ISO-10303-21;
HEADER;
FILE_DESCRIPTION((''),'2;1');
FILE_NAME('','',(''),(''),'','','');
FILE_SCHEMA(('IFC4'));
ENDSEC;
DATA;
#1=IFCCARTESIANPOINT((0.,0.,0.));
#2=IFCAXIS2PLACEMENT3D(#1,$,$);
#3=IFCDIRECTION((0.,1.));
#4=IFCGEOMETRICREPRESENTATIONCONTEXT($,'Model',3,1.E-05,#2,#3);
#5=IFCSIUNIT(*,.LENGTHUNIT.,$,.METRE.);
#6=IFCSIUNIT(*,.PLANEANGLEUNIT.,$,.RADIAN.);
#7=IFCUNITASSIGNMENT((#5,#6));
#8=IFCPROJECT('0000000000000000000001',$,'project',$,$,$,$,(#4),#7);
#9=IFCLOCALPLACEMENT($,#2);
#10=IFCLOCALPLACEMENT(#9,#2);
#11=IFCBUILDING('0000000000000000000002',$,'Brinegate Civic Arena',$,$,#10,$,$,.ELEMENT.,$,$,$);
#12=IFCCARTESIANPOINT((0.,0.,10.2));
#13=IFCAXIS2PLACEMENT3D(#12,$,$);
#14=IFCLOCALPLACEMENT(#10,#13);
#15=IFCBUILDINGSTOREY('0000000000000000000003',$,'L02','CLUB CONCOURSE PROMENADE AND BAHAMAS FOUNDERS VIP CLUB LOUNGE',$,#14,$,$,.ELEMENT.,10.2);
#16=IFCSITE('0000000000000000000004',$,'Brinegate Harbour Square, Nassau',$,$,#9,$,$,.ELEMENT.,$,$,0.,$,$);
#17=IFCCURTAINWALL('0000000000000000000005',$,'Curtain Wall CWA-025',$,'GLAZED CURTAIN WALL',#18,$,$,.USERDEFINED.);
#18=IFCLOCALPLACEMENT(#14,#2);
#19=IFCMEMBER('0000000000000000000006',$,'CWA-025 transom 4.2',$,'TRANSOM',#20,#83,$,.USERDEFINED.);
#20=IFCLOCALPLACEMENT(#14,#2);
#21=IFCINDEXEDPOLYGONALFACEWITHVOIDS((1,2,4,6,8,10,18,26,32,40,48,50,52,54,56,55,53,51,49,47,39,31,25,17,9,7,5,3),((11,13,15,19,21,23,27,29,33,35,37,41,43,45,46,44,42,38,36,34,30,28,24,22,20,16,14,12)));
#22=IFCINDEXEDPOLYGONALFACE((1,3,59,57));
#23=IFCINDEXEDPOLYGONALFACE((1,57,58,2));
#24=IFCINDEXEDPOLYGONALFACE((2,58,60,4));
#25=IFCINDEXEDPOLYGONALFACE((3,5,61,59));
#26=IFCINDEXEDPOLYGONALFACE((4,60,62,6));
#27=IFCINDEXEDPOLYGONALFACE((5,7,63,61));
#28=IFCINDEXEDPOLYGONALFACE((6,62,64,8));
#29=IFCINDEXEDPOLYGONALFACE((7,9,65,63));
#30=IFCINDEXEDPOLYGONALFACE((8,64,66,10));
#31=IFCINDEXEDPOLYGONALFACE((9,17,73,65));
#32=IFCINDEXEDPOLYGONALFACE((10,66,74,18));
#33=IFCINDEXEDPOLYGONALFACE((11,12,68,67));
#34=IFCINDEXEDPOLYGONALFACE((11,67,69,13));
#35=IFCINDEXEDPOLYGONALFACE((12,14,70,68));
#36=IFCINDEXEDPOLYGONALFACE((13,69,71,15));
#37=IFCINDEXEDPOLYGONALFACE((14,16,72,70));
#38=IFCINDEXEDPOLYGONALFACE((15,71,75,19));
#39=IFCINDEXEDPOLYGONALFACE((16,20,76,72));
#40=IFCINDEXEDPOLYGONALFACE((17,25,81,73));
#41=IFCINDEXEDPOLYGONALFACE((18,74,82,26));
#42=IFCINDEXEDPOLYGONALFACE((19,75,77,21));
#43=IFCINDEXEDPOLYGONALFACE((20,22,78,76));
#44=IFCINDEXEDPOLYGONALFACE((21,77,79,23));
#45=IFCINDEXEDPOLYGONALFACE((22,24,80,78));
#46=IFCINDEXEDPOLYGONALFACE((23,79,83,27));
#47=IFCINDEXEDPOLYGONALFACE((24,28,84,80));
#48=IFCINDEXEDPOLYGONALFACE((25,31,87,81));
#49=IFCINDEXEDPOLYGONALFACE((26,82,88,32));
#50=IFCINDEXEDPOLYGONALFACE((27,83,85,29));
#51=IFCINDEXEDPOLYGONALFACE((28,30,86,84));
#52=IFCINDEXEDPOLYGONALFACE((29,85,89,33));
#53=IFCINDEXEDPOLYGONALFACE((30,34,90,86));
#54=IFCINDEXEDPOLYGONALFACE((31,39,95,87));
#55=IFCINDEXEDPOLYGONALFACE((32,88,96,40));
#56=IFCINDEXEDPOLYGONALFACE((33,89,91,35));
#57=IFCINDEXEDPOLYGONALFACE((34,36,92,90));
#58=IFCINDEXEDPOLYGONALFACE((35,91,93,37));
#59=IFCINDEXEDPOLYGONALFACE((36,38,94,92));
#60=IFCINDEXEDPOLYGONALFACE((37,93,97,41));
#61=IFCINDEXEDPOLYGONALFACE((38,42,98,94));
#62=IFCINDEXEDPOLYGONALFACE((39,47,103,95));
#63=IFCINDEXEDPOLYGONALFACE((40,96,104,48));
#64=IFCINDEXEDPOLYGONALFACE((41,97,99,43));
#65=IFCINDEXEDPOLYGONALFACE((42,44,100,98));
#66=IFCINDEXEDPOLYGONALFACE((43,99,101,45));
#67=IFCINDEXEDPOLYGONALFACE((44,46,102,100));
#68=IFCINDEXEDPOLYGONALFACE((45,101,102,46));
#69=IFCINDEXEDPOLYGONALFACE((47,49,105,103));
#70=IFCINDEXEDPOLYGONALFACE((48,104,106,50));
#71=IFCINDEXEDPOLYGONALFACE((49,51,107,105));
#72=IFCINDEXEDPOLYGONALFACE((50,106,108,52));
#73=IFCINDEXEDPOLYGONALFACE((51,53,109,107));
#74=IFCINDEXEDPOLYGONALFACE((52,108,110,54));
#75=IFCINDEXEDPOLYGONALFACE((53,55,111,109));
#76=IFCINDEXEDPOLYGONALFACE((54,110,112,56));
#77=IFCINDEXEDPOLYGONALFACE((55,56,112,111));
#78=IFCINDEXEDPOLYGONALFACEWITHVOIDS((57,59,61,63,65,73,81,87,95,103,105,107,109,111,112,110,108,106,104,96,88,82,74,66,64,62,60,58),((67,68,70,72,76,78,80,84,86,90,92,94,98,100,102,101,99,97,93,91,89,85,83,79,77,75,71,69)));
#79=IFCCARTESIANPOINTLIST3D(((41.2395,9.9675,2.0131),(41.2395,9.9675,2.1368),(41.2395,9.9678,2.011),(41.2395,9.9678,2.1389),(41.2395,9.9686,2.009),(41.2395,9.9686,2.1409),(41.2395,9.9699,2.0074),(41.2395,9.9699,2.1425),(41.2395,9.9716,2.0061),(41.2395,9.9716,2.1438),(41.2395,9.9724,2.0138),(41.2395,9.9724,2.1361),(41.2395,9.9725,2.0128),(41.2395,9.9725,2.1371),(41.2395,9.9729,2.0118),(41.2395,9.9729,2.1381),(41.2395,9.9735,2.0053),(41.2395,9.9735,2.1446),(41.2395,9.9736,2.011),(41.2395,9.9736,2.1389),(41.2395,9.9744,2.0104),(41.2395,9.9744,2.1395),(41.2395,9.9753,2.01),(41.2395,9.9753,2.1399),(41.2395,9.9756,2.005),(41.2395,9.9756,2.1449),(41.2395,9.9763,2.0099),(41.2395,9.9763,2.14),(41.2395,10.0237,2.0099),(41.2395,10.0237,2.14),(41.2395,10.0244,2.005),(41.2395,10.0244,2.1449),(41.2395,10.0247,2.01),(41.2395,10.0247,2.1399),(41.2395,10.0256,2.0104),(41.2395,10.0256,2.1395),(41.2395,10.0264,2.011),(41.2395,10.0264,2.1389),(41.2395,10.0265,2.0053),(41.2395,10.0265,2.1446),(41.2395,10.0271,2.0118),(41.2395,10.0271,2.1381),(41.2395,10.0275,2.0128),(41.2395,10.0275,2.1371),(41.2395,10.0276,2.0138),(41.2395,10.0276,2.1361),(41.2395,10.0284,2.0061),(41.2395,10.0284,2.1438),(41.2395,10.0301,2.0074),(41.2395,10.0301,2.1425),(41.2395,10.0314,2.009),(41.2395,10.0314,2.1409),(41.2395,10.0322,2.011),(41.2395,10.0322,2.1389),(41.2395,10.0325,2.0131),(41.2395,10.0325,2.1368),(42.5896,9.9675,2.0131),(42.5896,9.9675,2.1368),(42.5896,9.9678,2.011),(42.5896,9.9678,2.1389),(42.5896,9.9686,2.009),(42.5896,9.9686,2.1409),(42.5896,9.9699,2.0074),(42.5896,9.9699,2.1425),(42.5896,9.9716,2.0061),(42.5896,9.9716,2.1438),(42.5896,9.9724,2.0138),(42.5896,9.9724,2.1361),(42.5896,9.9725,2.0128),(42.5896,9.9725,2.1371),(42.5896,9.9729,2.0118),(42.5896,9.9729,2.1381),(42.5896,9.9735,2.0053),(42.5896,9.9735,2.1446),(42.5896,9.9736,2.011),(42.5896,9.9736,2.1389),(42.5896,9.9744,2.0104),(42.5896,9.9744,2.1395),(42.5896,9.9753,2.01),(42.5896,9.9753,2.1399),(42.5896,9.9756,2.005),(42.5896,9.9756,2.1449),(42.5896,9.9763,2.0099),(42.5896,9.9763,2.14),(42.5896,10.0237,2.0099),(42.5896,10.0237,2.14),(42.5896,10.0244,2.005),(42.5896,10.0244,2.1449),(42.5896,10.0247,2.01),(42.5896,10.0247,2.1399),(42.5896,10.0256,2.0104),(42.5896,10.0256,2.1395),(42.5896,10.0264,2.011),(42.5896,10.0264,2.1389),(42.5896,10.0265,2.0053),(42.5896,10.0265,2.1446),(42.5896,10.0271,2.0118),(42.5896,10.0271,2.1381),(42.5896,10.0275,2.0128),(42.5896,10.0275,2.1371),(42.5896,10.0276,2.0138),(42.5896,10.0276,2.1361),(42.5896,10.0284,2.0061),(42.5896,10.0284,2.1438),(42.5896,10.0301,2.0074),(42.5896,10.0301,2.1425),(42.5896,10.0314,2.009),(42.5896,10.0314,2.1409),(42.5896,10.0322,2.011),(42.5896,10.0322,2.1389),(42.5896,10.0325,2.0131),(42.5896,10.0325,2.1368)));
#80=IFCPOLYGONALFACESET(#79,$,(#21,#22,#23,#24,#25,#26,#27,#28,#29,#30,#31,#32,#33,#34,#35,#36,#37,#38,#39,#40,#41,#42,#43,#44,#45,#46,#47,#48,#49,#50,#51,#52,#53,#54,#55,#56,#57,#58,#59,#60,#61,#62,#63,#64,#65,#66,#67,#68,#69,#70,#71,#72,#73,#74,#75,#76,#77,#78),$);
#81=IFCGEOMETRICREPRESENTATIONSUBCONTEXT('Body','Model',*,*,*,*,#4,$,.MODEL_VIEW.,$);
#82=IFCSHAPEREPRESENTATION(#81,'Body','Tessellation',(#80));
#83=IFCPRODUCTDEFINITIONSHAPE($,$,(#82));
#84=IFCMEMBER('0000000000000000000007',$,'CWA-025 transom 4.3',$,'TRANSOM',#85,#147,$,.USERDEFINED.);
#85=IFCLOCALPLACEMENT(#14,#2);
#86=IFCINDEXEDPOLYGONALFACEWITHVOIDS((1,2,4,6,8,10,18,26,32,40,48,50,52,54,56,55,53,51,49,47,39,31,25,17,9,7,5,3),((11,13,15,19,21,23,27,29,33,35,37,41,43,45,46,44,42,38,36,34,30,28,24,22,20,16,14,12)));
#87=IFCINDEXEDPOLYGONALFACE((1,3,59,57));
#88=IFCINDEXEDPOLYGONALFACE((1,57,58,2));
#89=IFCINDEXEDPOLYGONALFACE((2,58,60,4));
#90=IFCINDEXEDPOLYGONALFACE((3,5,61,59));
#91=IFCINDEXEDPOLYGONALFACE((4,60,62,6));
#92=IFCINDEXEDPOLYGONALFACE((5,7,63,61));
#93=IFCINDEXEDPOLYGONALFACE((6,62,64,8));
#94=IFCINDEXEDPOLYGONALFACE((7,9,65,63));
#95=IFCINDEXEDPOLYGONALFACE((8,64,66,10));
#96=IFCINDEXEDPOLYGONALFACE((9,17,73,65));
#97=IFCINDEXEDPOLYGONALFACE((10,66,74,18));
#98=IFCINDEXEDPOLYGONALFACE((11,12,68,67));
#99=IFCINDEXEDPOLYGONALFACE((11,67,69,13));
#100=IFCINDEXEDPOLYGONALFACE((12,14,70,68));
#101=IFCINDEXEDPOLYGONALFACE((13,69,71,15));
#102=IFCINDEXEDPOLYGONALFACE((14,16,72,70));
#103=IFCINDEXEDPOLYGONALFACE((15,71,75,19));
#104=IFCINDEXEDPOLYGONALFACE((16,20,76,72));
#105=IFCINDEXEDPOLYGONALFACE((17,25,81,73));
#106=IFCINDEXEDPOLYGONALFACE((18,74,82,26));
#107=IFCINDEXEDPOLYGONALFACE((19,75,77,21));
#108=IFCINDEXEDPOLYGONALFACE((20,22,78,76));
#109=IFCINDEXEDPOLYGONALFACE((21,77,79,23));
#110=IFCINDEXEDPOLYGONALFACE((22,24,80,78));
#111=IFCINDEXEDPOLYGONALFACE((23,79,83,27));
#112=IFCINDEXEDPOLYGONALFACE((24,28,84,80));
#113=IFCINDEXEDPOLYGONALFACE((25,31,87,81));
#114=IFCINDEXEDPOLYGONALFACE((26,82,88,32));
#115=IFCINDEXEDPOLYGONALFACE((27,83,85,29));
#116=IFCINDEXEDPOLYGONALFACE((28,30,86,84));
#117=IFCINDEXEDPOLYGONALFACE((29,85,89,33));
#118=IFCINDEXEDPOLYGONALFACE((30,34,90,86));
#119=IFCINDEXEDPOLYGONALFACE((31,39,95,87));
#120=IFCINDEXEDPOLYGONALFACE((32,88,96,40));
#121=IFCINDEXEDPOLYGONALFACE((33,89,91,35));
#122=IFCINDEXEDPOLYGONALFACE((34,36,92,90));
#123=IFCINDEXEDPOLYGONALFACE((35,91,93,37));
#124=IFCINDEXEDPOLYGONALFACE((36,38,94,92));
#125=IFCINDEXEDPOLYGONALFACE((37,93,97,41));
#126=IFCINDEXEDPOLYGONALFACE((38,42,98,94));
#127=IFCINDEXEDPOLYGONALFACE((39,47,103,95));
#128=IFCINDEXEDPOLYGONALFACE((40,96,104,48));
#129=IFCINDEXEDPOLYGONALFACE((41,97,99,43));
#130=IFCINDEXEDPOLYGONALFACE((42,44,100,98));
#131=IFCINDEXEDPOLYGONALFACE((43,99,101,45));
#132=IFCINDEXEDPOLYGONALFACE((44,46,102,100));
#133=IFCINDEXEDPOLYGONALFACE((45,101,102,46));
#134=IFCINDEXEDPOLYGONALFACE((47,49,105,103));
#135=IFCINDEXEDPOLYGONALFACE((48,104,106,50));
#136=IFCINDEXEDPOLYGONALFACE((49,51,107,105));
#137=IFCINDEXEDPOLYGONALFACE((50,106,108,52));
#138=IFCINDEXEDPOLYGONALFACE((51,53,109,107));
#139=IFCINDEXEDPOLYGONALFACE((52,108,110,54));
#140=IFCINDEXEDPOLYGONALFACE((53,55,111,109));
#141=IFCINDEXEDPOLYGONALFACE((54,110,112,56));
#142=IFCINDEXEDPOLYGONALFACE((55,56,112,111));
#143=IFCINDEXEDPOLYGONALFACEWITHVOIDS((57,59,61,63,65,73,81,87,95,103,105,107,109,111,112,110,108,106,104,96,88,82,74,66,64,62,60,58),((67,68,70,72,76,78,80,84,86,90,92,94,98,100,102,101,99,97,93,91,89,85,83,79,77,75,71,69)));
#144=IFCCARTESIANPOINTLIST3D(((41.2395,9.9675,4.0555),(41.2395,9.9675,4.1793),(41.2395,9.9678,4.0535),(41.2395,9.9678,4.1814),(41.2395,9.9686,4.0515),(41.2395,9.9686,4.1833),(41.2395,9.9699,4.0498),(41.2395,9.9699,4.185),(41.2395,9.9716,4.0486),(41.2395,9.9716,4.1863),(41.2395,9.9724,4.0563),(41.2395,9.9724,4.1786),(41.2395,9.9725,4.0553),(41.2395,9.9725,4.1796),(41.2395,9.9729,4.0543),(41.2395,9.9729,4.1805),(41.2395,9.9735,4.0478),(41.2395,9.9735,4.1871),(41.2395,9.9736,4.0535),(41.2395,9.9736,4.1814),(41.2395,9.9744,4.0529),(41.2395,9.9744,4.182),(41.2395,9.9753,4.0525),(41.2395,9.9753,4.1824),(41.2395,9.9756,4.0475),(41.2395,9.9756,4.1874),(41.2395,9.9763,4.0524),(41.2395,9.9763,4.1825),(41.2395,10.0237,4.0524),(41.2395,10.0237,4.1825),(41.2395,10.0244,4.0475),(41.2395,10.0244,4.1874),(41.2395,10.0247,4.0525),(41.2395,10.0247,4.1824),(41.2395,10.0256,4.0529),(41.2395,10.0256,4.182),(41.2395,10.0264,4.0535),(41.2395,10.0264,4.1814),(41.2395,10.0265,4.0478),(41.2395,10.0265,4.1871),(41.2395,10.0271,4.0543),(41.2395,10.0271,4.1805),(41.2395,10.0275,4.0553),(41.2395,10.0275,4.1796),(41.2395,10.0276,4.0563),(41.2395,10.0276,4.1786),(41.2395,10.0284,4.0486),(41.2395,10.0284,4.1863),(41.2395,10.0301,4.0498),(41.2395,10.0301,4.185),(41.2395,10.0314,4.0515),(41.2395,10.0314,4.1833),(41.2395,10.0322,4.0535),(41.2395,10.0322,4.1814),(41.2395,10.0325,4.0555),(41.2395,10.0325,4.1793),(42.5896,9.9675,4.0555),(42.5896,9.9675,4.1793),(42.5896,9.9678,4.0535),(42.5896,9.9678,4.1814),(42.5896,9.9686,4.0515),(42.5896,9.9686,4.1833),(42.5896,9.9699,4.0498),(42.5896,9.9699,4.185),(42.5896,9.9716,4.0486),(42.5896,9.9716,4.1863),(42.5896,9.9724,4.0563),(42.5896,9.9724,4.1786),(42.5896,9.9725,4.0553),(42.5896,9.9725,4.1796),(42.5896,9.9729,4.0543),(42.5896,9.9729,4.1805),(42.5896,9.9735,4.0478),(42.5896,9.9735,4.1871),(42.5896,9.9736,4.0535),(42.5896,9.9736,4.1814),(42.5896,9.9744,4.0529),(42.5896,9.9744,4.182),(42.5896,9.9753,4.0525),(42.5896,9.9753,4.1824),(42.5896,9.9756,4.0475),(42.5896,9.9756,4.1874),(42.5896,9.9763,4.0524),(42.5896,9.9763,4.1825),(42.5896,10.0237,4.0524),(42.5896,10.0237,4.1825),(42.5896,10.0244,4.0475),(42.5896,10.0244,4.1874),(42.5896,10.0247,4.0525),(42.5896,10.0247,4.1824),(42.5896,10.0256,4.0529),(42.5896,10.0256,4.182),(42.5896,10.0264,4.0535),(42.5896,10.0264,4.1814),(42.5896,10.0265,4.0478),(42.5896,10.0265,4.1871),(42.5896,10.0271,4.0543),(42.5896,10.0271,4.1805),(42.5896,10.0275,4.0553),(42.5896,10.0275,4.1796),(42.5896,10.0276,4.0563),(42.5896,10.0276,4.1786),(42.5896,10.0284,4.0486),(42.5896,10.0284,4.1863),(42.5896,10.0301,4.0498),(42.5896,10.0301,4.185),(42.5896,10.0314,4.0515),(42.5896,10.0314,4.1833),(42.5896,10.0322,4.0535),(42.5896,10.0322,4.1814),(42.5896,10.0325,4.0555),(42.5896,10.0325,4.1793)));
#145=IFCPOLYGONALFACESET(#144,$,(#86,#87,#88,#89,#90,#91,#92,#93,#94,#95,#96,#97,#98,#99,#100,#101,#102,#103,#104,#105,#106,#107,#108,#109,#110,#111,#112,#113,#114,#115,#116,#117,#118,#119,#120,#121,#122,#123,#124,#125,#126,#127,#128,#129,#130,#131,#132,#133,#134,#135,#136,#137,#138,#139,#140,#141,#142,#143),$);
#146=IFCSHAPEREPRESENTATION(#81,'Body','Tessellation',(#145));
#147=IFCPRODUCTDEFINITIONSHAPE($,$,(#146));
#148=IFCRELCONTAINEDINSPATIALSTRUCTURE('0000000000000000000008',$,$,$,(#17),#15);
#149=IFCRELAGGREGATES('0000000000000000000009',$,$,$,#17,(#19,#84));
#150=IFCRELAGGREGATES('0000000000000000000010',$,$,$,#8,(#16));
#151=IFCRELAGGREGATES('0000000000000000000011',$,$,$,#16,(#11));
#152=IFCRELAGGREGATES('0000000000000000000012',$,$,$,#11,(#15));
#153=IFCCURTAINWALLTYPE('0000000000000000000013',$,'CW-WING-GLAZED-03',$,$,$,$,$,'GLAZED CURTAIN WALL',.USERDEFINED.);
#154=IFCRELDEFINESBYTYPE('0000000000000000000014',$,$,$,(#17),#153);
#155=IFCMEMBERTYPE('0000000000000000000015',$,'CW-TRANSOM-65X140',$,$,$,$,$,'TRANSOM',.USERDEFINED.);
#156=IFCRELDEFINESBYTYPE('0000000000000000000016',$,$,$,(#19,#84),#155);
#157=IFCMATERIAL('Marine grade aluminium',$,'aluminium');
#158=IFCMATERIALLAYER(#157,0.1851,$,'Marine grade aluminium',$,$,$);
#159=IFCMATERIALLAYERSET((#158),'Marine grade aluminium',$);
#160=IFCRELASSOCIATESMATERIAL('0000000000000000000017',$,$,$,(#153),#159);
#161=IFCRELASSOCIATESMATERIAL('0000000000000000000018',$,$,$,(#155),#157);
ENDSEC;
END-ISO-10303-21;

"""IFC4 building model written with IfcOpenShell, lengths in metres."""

from ifc_helpers import new_model, si_unit, direction, frame, origin, origin_2d, place, context, subcontext, project, spatial, hollow_rectangle, extrude, material, layer, layer_set, material_profile, profile_set, type_object, element, aggregate, save


model = new_model("IFC4")

# Units and contexts
model_context = context("Model", 3, precision=1e-05, world=origin(), true_north=direction((0.0, 1.0)))
body_context = subcontext(model_context, "Body", "Model", "MODEL_VIEW")
ifc_project = project(units=[si_unit("LENGTHUNIT", "METRE"), si_unit("PLANEANGLEUNIT", "RADIAN")], contexts=[model_context])

# Site, building, storey
site_placement = place(None, origin())
site = spatial("IfcSite", under=ifc_project, at=site_placement, Name="Brinegate Harbour Square, Nassau", CompositionType="ELEMENT", RefElevation=0.0)
building_placement = place(site_placement, origin())
building = spatial("IfcBuilding", under=site, at=building_placement, Name="Brinegate Civic Arena", CompositionType="ELEMENT")
storey_placement = place(building_placement, frame((0.0, 0.0, 10.2)))
storey = spatial("IfcBuildingStorey", under=building, at=storey_placement, Name="L02", Description="CLUB CONCOURSE PROMENADE AND BAHAMAS FOUNDERS VIP CLUB LOUNGE", CompositionType="ELEMENT", Elevation=10.2)

# Curtain wall, members
ifc_material_1 = material(Name="Marine grade aluminium", Category="aluminium")
ifc_layer_1 = layer(ifc_material_1, 0.1851, Name="Marine grade aluminium")
ifc_layer_set_1 = layer_set([ifc_layer_1], Name="Marine grade aluminium")
curtain_wall_type = type_object("IfcCurtainWallType", Name="CW-WING-GLAZED-03", ElementType="GLAZED CURTAIN WALL", PredefinedType="USERDEFINED", material=ifc_layer_set_1)
curtain_wall_1_placement = place(storey_placement, origin())
curtain_wall_1 = element("IfcCurtainWall", 1, at=curtain_wall_1_placement, inside=storey, type_object=curtain_wall_type, Name="Curtain Wall CWA-025", ObjectType="GLAZED CURTAIN WALL", PredefinedType="USERDEFINED")
ifc_material_profile_1 = material_profile(ifc_material_1, hollow_rectangle(XDim=0.0649, YDim=0.1399, WallThickness=0.0049, InnerFilletRadius=0.0039, OuterFilletRadius=0.0081, at=origin_2d()), Name="TRN65X140")
ifc_profile_set_1 = profile_set([ifc_material_profile_1], Name="Marine grade aluminium")
member_type_1 = type_object("IfcMemberType", Name="CW-TRANSOM-65X140", ElementType="TRANSOM", PredefinedType="USERDEFINED", material=ifc_profile_set_1)
member_1_placement = place(storey_placement, frame((41.2395, 10.0, 2.075), z_axis=(1.0, 0.0, 0.0), x_axis=(0.0, 1.0, 0.0)))
member_1 = element("IfcMember", 2, at=member_1_placement, type_object=member_type_1, Name="CWA-025 transom 4.2", ObjectType="TRANSOM", PredefinedType="USERDEFINED", context=body_context, shape_type="SweptSolid", body=[
    extrude(hollow_rectangle(XDim=0.0649, YDim=0.1399, WallThickness=0.0049, InnerFilletRadius=0.0039, OuterFilletRadius=0.0081, at=origin_2d()), origin(), (0.0, 0.0, 1.0), 1.3501),
])
member_2_placement = place(storey_placement, frame((41.2395, 10.0, 4.1174), z_axis=(1.0, 0.0, 0.0), x_axis=(0.0, 1.0, 0.0)))
member_2 = element("IfcMember", 3, at=member_2_placement, type_object=member_type_1, Name="CWA-025 transom 4.3", ObjectType="TRANSOM", PredefinedType="USERDEFINED", context=body_context, shape_type="SweptSolid", body=[
    extrude(hollow_rectangle(XDim=0.0649, YDim=0.1399, WallThickness=0.0049, InnerFilletRadius=0.0039, OuterFilletRadius=0.0081, at=origin_2d()), origin(), (0.0, 0.0, 1.0), 1.3501),
])

aggregate(curtain_wall_1, [member_1, member_2])

save(model, "model.ifc")
